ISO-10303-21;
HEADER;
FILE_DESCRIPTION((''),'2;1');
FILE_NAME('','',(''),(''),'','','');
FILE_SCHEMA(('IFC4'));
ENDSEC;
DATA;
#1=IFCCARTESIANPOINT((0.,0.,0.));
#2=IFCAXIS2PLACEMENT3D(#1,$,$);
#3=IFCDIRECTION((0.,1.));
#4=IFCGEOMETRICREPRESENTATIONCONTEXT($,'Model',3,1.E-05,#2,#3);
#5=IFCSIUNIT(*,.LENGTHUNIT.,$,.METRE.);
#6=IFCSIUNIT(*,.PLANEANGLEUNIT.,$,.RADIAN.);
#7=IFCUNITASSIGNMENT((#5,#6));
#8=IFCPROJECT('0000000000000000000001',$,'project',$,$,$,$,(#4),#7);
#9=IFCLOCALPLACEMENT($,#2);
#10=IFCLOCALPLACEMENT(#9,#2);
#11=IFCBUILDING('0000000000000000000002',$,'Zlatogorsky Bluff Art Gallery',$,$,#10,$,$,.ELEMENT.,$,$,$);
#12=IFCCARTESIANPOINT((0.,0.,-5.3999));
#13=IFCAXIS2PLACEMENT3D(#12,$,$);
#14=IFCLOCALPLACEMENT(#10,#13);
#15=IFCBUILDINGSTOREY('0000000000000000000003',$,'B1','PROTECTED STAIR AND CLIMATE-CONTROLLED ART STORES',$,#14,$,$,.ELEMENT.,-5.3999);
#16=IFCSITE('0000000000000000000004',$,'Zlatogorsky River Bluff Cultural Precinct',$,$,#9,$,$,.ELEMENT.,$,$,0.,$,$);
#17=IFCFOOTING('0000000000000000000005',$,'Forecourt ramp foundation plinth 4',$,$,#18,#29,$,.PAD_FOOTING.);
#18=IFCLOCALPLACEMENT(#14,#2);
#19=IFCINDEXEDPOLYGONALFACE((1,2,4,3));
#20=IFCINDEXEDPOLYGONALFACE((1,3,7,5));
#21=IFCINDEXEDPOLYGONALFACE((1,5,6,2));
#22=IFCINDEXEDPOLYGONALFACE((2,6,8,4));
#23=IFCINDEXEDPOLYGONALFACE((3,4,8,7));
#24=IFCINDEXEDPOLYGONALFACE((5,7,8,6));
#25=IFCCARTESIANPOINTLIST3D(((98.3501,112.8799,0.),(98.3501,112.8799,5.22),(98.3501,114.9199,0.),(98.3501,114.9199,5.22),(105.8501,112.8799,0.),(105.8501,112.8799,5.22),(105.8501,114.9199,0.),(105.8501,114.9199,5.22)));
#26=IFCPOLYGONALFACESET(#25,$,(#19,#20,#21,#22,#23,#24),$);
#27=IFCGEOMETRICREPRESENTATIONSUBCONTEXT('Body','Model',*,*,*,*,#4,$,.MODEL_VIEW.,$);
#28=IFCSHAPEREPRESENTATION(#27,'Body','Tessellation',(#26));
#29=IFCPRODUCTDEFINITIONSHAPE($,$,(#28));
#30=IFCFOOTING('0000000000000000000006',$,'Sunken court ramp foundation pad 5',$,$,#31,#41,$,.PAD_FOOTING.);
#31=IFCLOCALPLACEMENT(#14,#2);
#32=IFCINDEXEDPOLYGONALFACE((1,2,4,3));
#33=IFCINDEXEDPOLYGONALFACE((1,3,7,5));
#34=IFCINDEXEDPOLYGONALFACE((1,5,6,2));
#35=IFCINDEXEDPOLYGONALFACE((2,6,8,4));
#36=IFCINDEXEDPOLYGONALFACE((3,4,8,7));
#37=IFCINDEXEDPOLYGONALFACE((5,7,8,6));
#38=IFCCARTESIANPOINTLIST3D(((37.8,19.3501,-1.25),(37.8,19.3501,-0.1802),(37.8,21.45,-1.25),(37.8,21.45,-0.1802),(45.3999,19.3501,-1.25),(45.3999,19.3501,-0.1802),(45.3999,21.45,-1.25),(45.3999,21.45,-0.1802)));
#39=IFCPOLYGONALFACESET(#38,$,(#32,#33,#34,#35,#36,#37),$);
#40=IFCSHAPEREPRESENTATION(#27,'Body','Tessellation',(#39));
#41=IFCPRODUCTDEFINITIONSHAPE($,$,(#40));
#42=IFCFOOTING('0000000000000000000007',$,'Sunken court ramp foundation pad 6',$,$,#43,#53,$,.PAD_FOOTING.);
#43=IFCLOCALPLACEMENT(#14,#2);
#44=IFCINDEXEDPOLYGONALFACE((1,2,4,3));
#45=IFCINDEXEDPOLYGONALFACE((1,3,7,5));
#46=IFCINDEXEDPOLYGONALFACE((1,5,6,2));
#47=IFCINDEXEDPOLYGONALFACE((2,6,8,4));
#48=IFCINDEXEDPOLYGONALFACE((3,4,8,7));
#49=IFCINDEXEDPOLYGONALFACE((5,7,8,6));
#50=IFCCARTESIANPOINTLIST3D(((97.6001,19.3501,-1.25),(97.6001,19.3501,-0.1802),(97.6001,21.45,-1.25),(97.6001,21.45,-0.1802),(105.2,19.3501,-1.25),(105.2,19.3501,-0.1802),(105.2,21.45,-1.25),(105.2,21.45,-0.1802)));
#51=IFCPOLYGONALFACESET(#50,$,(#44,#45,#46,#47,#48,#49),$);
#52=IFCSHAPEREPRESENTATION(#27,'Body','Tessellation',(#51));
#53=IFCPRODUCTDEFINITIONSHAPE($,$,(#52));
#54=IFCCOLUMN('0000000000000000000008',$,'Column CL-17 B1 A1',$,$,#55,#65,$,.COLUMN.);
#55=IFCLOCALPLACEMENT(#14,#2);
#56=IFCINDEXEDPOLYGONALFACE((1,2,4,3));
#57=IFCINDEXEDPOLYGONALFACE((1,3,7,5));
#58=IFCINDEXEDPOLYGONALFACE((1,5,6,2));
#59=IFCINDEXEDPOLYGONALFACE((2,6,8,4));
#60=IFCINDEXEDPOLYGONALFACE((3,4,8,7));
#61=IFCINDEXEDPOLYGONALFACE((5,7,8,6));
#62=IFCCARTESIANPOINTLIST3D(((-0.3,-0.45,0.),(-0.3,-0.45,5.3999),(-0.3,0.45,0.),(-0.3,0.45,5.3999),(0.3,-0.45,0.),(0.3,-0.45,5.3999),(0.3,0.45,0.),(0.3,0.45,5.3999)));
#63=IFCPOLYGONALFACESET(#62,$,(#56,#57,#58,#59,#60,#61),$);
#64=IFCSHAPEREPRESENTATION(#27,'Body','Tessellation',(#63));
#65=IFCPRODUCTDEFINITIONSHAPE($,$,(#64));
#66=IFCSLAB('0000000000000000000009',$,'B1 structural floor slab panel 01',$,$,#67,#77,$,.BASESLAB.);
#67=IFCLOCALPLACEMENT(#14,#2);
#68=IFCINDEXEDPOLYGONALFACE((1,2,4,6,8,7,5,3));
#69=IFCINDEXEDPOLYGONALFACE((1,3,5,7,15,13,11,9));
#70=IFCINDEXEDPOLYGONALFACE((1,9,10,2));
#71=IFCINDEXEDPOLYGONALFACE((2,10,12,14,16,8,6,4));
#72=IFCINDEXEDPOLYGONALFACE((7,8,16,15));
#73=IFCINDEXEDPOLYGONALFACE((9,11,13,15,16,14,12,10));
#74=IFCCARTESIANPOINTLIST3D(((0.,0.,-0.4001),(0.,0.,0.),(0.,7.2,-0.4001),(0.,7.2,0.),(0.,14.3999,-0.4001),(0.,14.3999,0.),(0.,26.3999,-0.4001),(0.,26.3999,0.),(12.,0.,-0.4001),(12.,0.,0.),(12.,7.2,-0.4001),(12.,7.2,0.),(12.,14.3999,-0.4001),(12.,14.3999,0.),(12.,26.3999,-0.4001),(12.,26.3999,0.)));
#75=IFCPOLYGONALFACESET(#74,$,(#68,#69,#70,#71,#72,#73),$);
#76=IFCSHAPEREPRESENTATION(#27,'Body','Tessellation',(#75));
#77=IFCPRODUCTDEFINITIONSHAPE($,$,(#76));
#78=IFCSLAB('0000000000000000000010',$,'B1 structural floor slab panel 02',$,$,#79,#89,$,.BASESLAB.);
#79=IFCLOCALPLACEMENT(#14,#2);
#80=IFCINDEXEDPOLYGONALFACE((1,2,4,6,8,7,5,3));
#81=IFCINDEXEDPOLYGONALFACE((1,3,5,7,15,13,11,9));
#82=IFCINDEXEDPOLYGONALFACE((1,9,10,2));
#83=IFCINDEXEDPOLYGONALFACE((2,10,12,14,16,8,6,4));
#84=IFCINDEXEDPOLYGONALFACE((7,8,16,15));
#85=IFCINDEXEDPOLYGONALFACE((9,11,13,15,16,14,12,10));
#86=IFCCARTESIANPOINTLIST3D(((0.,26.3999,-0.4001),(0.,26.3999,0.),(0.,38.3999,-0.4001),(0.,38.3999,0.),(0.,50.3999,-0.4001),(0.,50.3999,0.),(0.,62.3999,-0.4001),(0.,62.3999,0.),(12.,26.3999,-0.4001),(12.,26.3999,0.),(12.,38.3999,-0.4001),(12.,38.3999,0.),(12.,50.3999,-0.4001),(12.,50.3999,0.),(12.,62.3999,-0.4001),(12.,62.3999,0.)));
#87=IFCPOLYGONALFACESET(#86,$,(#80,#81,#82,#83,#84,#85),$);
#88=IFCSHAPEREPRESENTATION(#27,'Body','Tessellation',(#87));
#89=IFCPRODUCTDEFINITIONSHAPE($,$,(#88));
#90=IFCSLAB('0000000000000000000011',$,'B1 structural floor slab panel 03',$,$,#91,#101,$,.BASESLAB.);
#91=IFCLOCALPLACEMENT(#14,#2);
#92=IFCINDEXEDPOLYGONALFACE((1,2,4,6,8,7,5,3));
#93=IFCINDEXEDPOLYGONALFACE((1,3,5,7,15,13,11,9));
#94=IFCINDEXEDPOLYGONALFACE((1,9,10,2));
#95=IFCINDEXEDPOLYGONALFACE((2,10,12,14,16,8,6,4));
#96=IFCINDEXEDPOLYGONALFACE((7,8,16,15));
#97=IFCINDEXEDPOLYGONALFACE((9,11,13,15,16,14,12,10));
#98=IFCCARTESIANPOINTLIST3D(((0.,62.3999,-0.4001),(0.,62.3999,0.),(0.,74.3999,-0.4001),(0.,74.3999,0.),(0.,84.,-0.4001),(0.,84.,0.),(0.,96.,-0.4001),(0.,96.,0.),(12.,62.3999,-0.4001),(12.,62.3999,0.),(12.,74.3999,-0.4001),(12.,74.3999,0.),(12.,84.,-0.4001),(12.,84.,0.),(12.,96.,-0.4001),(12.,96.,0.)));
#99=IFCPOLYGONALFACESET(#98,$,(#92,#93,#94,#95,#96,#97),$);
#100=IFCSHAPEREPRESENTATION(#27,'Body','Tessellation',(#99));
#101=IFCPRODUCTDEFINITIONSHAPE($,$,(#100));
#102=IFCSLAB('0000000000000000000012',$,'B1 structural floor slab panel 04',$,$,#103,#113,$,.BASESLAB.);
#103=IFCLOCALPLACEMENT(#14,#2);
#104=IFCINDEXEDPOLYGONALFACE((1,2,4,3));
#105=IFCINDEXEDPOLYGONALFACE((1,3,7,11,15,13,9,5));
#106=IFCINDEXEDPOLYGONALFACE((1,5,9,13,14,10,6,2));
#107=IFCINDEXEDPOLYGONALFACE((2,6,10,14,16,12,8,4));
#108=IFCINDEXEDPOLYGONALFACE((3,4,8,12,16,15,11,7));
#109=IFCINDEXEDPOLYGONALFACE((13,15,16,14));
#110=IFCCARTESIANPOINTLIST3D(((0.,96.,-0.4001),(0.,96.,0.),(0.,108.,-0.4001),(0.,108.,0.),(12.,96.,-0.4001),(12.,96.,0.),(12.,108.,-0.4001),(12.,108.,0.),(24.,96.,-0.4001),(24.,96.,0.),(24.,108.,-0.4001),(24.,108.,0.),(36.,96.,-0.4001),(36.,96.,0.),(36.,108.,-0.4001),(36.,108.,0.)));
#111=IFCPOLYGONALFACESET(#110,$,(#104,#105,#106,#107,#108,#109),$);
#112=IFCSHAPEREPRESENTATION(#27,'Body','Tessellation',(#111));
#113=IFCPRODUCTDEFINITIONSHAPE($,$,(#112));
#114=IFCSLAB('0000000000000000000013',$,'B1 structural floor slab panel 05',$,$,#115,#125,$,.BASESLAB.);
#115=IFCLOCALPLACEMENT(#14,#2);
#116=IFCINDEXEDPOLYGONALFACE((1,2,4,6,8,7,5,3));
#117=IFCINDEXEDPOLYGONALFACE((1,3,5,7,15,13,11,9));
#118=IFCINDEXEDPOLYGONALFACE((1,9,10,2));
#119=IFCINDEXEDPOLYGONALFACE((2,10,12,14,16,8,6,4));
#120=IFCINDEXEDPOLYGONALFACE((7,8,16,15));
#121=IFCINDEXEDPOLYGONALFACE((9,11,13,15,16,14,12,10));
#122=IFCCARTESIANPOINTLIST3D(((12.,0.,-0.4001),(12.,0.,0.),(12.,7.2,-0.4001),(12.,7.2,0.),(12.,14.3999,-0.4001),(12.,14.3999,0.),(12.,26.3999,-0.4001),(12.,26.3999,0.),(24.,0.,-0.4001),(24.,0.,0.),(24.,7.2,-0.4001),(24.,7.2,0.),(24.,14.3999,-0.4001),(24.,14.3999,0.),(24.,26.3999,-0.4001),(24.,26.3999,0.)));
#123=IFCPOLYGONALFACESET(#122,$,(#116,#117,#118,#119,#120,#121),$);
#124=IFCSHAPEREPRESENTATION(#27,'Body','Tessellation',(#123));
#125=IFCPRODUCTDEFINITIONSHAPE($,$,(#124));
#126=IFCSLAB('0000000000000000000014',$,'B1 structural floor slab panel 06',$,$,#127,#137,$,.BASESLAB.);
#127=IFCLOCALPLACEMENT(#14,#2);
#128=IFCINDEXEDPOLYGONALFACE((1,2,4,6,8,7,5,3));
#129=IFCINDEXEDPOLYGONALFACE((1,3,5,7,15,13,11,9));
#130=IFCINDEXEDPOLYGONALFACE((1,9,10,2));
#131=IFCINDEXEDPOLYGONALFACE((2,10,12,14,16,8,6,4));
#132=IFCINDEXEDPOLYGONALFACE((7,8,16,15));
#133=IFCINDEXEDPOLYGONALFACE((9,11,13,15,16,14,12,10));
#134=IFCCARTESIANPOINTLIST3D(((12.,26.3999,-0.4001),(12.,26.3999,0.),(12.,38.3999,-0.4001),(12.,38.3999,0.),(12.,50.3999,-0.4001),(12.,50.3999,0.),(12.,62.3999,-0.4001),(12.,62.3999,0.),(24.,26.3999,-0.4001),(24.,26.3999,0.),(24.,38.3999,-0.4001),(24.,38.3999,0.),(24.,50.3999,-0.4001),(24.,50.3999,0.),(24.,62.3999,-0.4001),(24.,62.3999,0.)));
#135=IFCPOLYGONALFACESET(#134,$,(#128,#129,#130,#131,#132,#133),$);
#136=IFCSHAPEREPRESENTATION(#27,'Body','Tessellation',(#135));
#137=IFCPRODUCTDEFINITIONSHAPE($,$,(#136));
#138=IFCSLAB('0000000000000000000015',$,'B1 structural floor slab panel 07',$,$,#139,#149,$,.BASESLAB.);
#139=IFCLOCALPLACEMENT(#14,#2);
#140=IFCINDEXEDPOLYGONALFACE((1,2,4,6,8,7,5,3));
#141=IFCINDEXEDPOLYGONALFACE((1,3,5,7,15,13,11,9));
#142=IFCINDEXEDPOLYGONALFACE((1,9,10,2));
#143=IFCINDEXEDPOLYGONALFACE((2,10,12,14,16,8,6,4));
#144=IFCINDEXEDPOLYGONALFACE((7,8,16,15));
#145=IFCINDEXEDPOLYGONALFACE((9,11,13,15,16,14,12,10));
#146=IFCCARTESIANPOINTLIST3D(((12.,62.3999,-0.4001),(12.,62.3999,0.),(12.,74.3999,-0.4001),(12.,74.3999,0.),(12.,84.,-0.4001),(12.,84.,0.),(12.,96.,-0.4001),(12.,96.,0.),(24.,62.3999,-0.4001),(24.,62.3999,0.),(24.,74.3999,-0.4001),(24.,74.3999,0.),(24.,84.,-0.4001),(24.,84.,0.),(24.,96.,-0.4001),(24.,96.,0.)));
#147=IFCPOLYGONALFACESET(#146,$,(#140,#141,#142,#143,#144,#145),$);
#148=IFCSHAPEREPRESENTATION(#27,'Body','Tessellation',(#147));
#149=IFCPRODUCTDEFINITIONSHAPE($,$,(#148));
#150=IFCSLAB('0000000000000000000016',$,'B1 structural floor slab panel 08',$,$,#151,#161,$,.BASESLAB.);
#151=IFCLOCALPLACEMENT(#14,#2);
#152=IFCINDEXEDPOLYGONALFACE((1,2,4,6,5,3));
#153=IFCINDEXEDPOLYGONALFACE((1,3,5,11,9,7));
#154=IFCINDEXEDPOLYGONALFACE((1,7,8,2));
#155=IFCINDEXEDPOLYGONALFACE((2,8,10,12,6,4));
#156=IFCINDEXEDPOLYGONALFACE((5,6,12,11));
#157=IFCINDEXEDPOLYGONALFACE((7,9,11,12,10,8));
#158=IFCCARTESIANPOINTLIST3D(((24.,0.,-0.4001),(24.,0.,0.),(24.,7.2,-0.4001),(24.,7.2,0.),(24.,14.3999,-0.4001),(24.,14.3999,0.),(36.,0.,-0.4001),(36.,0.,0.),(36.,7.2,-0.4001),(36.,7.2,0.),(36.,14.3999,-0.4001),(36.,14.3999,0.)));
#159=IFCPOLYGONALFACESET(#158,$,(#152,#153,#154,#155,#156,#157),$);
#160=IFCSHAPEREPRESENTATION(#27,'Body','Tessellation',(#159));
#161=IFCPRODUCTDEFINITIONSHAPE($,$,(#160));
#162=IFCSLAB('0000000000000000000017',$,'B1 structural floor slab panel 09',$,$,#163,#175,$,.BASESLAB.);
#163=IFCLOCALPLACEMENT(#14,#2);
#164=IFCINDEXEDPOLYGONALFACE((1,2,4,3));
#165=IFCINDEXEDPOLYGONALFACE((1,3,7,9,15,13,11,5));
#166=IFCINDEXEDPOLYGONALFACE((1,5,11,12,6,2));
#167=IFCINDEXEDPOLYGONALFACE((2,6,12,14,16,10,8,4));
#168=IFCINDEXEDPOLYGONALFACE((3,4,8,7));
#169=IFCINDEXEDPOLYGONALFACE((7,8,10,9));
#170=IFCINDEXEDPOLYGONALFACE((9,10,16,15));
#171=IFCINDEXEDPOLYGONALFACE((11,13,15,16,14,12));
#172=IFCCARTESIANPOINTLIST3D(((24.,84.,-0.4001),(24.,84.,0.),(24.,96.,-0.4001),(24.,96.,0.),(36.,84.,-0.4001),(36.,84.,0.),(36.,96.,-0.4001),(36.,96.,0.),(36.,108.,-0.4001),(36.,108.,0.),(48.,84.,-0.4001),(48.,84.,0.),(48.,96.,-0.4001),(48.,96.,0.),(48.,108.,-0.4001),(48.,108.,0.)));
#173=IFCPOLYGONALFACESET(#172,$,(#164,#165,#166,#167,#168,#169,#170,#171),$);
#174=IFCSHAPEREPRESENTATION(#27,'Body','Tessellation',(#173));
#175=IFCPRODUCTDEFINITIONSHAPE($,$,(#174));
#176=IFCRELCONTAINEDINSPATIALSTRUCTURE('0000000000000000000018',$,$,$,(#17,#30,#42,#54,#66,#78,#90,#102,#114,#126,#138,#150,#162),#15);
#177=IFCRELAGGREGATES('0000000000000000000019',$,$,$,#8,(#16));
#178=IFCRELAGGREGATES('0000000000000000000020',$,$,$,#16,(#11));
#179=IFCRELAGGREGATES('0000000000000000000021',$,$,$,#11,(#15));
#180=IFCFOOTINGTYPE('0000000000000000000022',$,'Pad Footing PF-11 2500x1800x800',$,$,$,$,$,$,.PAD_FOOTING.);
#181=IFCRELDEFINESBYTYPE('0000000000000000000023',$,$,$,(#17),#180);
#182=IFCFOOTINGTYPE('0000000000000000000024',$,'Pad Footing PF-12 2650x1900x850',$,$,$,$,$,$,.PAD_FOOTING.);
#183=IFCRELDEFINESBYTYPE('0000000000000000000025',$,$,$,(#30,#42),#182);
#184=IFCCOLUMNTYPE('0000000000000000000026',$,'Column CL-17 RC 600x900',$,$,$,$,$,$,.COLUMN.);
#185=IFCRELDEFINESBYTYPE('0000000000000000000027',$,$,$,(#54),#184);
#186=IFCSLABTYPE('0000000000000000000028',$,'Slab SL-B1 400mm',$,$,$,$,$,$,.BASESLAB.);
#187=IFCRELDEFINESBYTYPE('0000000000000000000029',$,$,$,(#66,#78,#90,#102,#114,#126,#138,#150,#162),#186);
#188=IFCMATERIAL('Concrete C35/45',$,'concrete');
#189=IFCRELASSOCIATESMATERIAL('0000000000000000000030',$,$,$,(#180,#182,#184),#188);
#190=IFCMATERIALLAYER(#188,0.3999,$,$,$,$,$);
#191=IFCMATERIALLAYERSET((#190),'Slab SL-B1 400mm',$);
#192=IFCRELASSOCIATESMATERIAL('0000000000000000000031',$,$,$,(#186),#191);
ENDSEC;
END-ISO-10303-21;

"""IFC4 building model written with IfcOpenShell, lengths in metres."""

from ifc_helpers import new_model, si_unit, direction, frame, origin, origin_with_axes, origin_2d, place, context, subcontext, project, spatial, polyline, rectangle, outline, extrude, material, layer, layer_set, material_profile, profile_set, type_object, element, save


model = new_model("IFC4")

# Units and contexts
model_context = context("Model", 3, precision=1e-05, world=origin(), true_north=direction((0.0, 1.0)))
body_context = subcontext(model_context, "Body", "Model", "MODEL_VIEW")
ifc_project = project(units=[si_unit("LENGTHUNIT", "METRE"), si_unit("PLANEANGLEUNIT", "RADIAN")], contexts=[model_context])

# Site, building, storey
site_placement = place(None, origin())
site = spatial("IfcSite", under=ifc_project, at=site_placement, Name="Zlatogorsky River Bluff Cultural Precinct", CompositionType="ELEMENT", RefElevation=0.0)
building_placement = place(site_placement, origin())
building = spatial("IfcBuilding", under=site, at=building_placement, Name="Zlatogorsky Bluff Art Gallery", CompositionType="ELEMENT")
storey_placement = place(building_placement, frame((0.0, 0.0, -5.3999)))
storey = spatial("IfcBuildingStorey", under=building, at=storey_placement, Name="B1", Description="PROTECTED STAIR AND CLIMATE-CONTROLLED ART STORES", CompositionType="ELEMENT", Elevation=-5.3999)

# Footings
ifc_material = material(Name="Concrete C35/45", Category="concrete")
footing_type_1 = type_object("IfcFootingType", Name="Pad Footing PF-11 2500x1800x800", PredefinedType="PAD_FOOTING", material=ifc_material)
footing_1_placement = place(storey_placement, origin())
element("IfcFooting", 1, at=footing_1_placement, inside=storey, type_object=footing_type_1, Name="Forecourt ramp foundation plinth 4", PredefinedType="PAD_FOOTING", context=body_context, shape_type="SweptSolid", body=[
    extrude(outline(polyline([(98.3501, 112.8799), (105.8501, 112.8799), (105.8501, 114.9199), (98.3501, 114.9199), (98.3501, 112.8799)])), origin(), (0.0, 0.0, 1.0), 5.22),
])
footing_type_2 = type_object("IfcFootingType", Name="Pad Footing PF-12 2650x1900x850", PredefinedType="PAD_FOOTING", material=ifc_material)
footing_2_placement = place(storey_placement, frame((0.0, 0.0, -1.25)))
element("IfcFooting", 2, at=footing_2_placement, inside=storey, type_object=footing_type_2, Name="Sunken court ramp foundation pad 5", PredefinedType="PAD_FOOTING", context=body_context, shape_type="SweptSolid", body=[
    extrude(outline(polyline([(37.8, 19.3501), (45.3999, 19.3501), (45.3999, 21.45), (37.8, 21.45), (37.8, 19.3501)])), origin(), (0.0, 0.0, 1.0), 1.0698),
])
footing_3_placement = place(storey_placement, frame((0.0, 0.0, -1.25)))
element("IfcFooting", 3, at=footing_3_placement, inside=storey, type_object=footing_type_2, Name="Sunken court ramp foundation pad 6", PredefinedType="PAD_FOOTING", context=body_context, shape_type="SweptSolid", body=[
    extrude(outline(polyline([(97.6001, 19.3501), (105.2, 19.3501), (105.2, 21.45), (97.6001, 21.45), (97.6001, 19.3501)])), origin(), (0.0, 0.0, 1.0), 1.0698),
])

# Column
ifc_material_profile = material_profile(ifc_material, rectangle(XDim=0.6001, YDim=0.8999, at=origin_2d()), Name="RC 600x900")
ifc_profile_set = profile_set([ifc_material_profile], Name="Concrete C35/45")
column_type = type_object("IfcColumnType", Name="Column CL-17 RC 600x900", PredefinedType="COLUMN", material=ifc_profile_set)
column_placement = place(storey_placement, origin_with_axes())
element("IfcColumn", 4, at=column_placement, inside=storey, type_object=column_type, Name="Column CL-17 B1 A1", PredefinedType="COLUMN", context=body_context, shape_type="SweptSolid", body=[
    extrude(rectangle(XDim=0.6001, YDim=0.8999, at=origin_2d()), origin(), (0.0, 0.0, 1.0), 5.3999),
])

# Slabs
ifc_layer = layer(ifc_material, 0.3999)
ifc_layer_set = layer_set([ifc_layer], Name="Slab SL-B1 400mm")
slab_type = type_object("IfcSlabType", Name="Slab SL-B1 400mm", PredefinedType="BASESLAB", material=ifc_layer_set)
slab_1_placement = place(storey_placement, frame((0.0, 0.0, -0.4001)))
element("IfcSlab", 5, at=slab_1_placement, inside=storey, type_object=slab_type, Name="B1 structural floor slab panel 01", PredefinedType="BASESLAB", context=body_context, shape_type="SweptSolid", body=[
    extrude(outline(polyline([(12.0, 0.0), (0.0, 0.0), (0.0, 7.2), (0.0, 14.3999), (0.0, 26.3999), (12.0, 26.3999), (12.0, 14.3999), (12.0, 7.2), (12.0, 0.0)])), origin(), (0.0, 0.0, 1.0), 0.4001),
])
slab_2_placement = place(storey_placement, frame((0.0, 0.0, -0.4001)))
element("IfcSlab", 6, at=slab_2_placement, inside=storey, type_object=slab_type, Name="B1 structural floor slab panel 02", PredefinedType="BASESLAB", context=body_context, shape_type="SweptSolid", body=[
    extrude(outline(polyline([(12.0, 26.3999), (0.0, 26.3999), (0.0, 38.3999), (0.0, 50.3999), (0.0, 62.3999), (12.0, 62.3999), (12.0, 50.3999), (12.0, 38.3999), (12.0, 26.3999)])), origin(), (0.0, 0.0, 1.0), 0.4001),
])
slab_3_placement = place(storey_placement, frame((0.0, 0.0, -0.4001)))
element("IfcSlab", 7, at=slab_3_placement, inside=storey, type_object=slab_type, Name="B1 structural floor slab panel 03", PredefinedType="BASESLAB", context=body_context, shape_type="SweptSolid", body=[
    extrude(outline(polyline([(12.0, 62.3999), (0.0, 62.3999), (0.0, 74.3999), (0.0, 84.0), (0.0, 96.0), (12.0, 96.0), (12.0, 84.0), (12.0, 74.3999), (12.0, 62.3999)])), origin(), (0.0, 0.0, 1.0), 0.4001),
])
slab_4_placement = place(storey_placement, frame((0.0, 0.0, -0.4001)))
element("IfcSlab", 8, at=slab_4_placement, inside=storey, type_object=slab_type, Name="B1 structural floor slab panel 04", PredefinedType="BASESLAB", context=body_context, shape_type="SweptSolid", body=[
    extrude(outline(polyline([(0.0, 96.0), (0.0, 108.0), (12.0, 108.0), (24.0, 108.0), (36.0, 108.0), (36.0, 96.0), (24.0, 96.0), (12.0, 96.0), (0.0, 96.0)])), origin(), (0.0, 0.0, 1.0), 0.4001),
])
slab_5_placement = place(storey_placement, frame((0.0, 0.0, -0.4001)))
element("IfcSlab", 9, at=slab_5_placement, inside=storey, type_object=slab_type, Name="B1 structural floor slab panel 05", PredefinedType="BASESLAB", context=body_context, shape_type="SweptSolid", body=[
    extrude(outline(polyline([(24.0, 0.0), (12.0, 0.0), (12.0, 7.2), (12.0, 14.3999), (12.0, 26.3999), (24.0, 26.3999), (24.0, 14.3999), (24.0, 7.2), (24.0, 0.0)])), origin(), (0.0, 0.0, 1.0), 0.4001),
])
slab_6_placement = place(storey_placement, frame((0.0, 0.0, -0.4001)))
element("IfcSlab", 10, at=slab_6_placement, inside=storey, type_object=slab_type, Name="B1 structural floor slab panel 06", PredefinedType="BASESLAB", context=body_context, shape_type="SweptSolid", body=[
    extrude(outline(polyline([(24.0, 26.3999), (12.0, 26.3999), (12.0, 38.3999), (12.0, 50.3999), (12.0, 62.3999), (24.0, 62.3999), (24.0, 50.3999), (24.0, 38.3999), (24.0, 26.3999)])), origin(), (0.0, 0.0, 1.0), 0.4001),
])
slab_7_placement = place(storey_placement, frame((0.0, 0.0, -0.4001)))
element("IfcSlab", 11, at=slab_7_placement, inside=storey, type_object=slab_type, Name="B1 structural floor slab panel 07", PredefinedType="BASESLAB", context=body_context, shape_type="SweptSolid", body=[
    extrude(outline(polyline([(24.0, 62.3999), (12.0, 62.3999), (12.0, 74.3999), (12.0, 84.0), (12.0, 96.0), (24.0, 96.0), (24.0, 84.0), (24.0, 74.3999), (24.0, 62.3999)])), origin(), (0.0, 0.0, 1.0), 0.4001),
])
slab_8_placement = place(storey_placement, frame((0.0, 0.0, -0.4001)))
element("IfcSlab", 12, at=slab_8_placement, inside=storey, type_object=slab_type, Name="B1 structural floor slab panel 08", PredefinedType="BASESLAB", context=body_context, shape_type="SweptSolid", body=[
    extrude(outline(polyline([(36.0, 0.0), (24.0, 0.0), (24.0, 7.2), (24.0, 14.3999), (36.0, 14.3999), (36.0, 7.2), (36.0, 0.0)])), origin(), (0.0, 0.0, 1.0), 0.4001),
])
slab_9_placement = place(storey_placement, frame((0.0, 0.0, -0.4001)))
element("IfcSlab", 13, at=slab_9_placement, inside=storey, type_object=slab_type, Name="B1 structural floor slab panel 09", PredefinedType="BASESLAB", context=body_context, shape_type="SweptSolid", body=[
    extrude(outline(polyline([(24.0, 84.0), (24.0, 96.0), (36.0, 96.0), (36.0, 108.0), (48.0, 108.0), (48.0, 96.0), (48.0, 84.0), (36.0, 84.0), (24.0, 84.0)])), origin(), (0.0, 0.0, 1.0), 0.4001),
])

save(model, "model.ifc")
